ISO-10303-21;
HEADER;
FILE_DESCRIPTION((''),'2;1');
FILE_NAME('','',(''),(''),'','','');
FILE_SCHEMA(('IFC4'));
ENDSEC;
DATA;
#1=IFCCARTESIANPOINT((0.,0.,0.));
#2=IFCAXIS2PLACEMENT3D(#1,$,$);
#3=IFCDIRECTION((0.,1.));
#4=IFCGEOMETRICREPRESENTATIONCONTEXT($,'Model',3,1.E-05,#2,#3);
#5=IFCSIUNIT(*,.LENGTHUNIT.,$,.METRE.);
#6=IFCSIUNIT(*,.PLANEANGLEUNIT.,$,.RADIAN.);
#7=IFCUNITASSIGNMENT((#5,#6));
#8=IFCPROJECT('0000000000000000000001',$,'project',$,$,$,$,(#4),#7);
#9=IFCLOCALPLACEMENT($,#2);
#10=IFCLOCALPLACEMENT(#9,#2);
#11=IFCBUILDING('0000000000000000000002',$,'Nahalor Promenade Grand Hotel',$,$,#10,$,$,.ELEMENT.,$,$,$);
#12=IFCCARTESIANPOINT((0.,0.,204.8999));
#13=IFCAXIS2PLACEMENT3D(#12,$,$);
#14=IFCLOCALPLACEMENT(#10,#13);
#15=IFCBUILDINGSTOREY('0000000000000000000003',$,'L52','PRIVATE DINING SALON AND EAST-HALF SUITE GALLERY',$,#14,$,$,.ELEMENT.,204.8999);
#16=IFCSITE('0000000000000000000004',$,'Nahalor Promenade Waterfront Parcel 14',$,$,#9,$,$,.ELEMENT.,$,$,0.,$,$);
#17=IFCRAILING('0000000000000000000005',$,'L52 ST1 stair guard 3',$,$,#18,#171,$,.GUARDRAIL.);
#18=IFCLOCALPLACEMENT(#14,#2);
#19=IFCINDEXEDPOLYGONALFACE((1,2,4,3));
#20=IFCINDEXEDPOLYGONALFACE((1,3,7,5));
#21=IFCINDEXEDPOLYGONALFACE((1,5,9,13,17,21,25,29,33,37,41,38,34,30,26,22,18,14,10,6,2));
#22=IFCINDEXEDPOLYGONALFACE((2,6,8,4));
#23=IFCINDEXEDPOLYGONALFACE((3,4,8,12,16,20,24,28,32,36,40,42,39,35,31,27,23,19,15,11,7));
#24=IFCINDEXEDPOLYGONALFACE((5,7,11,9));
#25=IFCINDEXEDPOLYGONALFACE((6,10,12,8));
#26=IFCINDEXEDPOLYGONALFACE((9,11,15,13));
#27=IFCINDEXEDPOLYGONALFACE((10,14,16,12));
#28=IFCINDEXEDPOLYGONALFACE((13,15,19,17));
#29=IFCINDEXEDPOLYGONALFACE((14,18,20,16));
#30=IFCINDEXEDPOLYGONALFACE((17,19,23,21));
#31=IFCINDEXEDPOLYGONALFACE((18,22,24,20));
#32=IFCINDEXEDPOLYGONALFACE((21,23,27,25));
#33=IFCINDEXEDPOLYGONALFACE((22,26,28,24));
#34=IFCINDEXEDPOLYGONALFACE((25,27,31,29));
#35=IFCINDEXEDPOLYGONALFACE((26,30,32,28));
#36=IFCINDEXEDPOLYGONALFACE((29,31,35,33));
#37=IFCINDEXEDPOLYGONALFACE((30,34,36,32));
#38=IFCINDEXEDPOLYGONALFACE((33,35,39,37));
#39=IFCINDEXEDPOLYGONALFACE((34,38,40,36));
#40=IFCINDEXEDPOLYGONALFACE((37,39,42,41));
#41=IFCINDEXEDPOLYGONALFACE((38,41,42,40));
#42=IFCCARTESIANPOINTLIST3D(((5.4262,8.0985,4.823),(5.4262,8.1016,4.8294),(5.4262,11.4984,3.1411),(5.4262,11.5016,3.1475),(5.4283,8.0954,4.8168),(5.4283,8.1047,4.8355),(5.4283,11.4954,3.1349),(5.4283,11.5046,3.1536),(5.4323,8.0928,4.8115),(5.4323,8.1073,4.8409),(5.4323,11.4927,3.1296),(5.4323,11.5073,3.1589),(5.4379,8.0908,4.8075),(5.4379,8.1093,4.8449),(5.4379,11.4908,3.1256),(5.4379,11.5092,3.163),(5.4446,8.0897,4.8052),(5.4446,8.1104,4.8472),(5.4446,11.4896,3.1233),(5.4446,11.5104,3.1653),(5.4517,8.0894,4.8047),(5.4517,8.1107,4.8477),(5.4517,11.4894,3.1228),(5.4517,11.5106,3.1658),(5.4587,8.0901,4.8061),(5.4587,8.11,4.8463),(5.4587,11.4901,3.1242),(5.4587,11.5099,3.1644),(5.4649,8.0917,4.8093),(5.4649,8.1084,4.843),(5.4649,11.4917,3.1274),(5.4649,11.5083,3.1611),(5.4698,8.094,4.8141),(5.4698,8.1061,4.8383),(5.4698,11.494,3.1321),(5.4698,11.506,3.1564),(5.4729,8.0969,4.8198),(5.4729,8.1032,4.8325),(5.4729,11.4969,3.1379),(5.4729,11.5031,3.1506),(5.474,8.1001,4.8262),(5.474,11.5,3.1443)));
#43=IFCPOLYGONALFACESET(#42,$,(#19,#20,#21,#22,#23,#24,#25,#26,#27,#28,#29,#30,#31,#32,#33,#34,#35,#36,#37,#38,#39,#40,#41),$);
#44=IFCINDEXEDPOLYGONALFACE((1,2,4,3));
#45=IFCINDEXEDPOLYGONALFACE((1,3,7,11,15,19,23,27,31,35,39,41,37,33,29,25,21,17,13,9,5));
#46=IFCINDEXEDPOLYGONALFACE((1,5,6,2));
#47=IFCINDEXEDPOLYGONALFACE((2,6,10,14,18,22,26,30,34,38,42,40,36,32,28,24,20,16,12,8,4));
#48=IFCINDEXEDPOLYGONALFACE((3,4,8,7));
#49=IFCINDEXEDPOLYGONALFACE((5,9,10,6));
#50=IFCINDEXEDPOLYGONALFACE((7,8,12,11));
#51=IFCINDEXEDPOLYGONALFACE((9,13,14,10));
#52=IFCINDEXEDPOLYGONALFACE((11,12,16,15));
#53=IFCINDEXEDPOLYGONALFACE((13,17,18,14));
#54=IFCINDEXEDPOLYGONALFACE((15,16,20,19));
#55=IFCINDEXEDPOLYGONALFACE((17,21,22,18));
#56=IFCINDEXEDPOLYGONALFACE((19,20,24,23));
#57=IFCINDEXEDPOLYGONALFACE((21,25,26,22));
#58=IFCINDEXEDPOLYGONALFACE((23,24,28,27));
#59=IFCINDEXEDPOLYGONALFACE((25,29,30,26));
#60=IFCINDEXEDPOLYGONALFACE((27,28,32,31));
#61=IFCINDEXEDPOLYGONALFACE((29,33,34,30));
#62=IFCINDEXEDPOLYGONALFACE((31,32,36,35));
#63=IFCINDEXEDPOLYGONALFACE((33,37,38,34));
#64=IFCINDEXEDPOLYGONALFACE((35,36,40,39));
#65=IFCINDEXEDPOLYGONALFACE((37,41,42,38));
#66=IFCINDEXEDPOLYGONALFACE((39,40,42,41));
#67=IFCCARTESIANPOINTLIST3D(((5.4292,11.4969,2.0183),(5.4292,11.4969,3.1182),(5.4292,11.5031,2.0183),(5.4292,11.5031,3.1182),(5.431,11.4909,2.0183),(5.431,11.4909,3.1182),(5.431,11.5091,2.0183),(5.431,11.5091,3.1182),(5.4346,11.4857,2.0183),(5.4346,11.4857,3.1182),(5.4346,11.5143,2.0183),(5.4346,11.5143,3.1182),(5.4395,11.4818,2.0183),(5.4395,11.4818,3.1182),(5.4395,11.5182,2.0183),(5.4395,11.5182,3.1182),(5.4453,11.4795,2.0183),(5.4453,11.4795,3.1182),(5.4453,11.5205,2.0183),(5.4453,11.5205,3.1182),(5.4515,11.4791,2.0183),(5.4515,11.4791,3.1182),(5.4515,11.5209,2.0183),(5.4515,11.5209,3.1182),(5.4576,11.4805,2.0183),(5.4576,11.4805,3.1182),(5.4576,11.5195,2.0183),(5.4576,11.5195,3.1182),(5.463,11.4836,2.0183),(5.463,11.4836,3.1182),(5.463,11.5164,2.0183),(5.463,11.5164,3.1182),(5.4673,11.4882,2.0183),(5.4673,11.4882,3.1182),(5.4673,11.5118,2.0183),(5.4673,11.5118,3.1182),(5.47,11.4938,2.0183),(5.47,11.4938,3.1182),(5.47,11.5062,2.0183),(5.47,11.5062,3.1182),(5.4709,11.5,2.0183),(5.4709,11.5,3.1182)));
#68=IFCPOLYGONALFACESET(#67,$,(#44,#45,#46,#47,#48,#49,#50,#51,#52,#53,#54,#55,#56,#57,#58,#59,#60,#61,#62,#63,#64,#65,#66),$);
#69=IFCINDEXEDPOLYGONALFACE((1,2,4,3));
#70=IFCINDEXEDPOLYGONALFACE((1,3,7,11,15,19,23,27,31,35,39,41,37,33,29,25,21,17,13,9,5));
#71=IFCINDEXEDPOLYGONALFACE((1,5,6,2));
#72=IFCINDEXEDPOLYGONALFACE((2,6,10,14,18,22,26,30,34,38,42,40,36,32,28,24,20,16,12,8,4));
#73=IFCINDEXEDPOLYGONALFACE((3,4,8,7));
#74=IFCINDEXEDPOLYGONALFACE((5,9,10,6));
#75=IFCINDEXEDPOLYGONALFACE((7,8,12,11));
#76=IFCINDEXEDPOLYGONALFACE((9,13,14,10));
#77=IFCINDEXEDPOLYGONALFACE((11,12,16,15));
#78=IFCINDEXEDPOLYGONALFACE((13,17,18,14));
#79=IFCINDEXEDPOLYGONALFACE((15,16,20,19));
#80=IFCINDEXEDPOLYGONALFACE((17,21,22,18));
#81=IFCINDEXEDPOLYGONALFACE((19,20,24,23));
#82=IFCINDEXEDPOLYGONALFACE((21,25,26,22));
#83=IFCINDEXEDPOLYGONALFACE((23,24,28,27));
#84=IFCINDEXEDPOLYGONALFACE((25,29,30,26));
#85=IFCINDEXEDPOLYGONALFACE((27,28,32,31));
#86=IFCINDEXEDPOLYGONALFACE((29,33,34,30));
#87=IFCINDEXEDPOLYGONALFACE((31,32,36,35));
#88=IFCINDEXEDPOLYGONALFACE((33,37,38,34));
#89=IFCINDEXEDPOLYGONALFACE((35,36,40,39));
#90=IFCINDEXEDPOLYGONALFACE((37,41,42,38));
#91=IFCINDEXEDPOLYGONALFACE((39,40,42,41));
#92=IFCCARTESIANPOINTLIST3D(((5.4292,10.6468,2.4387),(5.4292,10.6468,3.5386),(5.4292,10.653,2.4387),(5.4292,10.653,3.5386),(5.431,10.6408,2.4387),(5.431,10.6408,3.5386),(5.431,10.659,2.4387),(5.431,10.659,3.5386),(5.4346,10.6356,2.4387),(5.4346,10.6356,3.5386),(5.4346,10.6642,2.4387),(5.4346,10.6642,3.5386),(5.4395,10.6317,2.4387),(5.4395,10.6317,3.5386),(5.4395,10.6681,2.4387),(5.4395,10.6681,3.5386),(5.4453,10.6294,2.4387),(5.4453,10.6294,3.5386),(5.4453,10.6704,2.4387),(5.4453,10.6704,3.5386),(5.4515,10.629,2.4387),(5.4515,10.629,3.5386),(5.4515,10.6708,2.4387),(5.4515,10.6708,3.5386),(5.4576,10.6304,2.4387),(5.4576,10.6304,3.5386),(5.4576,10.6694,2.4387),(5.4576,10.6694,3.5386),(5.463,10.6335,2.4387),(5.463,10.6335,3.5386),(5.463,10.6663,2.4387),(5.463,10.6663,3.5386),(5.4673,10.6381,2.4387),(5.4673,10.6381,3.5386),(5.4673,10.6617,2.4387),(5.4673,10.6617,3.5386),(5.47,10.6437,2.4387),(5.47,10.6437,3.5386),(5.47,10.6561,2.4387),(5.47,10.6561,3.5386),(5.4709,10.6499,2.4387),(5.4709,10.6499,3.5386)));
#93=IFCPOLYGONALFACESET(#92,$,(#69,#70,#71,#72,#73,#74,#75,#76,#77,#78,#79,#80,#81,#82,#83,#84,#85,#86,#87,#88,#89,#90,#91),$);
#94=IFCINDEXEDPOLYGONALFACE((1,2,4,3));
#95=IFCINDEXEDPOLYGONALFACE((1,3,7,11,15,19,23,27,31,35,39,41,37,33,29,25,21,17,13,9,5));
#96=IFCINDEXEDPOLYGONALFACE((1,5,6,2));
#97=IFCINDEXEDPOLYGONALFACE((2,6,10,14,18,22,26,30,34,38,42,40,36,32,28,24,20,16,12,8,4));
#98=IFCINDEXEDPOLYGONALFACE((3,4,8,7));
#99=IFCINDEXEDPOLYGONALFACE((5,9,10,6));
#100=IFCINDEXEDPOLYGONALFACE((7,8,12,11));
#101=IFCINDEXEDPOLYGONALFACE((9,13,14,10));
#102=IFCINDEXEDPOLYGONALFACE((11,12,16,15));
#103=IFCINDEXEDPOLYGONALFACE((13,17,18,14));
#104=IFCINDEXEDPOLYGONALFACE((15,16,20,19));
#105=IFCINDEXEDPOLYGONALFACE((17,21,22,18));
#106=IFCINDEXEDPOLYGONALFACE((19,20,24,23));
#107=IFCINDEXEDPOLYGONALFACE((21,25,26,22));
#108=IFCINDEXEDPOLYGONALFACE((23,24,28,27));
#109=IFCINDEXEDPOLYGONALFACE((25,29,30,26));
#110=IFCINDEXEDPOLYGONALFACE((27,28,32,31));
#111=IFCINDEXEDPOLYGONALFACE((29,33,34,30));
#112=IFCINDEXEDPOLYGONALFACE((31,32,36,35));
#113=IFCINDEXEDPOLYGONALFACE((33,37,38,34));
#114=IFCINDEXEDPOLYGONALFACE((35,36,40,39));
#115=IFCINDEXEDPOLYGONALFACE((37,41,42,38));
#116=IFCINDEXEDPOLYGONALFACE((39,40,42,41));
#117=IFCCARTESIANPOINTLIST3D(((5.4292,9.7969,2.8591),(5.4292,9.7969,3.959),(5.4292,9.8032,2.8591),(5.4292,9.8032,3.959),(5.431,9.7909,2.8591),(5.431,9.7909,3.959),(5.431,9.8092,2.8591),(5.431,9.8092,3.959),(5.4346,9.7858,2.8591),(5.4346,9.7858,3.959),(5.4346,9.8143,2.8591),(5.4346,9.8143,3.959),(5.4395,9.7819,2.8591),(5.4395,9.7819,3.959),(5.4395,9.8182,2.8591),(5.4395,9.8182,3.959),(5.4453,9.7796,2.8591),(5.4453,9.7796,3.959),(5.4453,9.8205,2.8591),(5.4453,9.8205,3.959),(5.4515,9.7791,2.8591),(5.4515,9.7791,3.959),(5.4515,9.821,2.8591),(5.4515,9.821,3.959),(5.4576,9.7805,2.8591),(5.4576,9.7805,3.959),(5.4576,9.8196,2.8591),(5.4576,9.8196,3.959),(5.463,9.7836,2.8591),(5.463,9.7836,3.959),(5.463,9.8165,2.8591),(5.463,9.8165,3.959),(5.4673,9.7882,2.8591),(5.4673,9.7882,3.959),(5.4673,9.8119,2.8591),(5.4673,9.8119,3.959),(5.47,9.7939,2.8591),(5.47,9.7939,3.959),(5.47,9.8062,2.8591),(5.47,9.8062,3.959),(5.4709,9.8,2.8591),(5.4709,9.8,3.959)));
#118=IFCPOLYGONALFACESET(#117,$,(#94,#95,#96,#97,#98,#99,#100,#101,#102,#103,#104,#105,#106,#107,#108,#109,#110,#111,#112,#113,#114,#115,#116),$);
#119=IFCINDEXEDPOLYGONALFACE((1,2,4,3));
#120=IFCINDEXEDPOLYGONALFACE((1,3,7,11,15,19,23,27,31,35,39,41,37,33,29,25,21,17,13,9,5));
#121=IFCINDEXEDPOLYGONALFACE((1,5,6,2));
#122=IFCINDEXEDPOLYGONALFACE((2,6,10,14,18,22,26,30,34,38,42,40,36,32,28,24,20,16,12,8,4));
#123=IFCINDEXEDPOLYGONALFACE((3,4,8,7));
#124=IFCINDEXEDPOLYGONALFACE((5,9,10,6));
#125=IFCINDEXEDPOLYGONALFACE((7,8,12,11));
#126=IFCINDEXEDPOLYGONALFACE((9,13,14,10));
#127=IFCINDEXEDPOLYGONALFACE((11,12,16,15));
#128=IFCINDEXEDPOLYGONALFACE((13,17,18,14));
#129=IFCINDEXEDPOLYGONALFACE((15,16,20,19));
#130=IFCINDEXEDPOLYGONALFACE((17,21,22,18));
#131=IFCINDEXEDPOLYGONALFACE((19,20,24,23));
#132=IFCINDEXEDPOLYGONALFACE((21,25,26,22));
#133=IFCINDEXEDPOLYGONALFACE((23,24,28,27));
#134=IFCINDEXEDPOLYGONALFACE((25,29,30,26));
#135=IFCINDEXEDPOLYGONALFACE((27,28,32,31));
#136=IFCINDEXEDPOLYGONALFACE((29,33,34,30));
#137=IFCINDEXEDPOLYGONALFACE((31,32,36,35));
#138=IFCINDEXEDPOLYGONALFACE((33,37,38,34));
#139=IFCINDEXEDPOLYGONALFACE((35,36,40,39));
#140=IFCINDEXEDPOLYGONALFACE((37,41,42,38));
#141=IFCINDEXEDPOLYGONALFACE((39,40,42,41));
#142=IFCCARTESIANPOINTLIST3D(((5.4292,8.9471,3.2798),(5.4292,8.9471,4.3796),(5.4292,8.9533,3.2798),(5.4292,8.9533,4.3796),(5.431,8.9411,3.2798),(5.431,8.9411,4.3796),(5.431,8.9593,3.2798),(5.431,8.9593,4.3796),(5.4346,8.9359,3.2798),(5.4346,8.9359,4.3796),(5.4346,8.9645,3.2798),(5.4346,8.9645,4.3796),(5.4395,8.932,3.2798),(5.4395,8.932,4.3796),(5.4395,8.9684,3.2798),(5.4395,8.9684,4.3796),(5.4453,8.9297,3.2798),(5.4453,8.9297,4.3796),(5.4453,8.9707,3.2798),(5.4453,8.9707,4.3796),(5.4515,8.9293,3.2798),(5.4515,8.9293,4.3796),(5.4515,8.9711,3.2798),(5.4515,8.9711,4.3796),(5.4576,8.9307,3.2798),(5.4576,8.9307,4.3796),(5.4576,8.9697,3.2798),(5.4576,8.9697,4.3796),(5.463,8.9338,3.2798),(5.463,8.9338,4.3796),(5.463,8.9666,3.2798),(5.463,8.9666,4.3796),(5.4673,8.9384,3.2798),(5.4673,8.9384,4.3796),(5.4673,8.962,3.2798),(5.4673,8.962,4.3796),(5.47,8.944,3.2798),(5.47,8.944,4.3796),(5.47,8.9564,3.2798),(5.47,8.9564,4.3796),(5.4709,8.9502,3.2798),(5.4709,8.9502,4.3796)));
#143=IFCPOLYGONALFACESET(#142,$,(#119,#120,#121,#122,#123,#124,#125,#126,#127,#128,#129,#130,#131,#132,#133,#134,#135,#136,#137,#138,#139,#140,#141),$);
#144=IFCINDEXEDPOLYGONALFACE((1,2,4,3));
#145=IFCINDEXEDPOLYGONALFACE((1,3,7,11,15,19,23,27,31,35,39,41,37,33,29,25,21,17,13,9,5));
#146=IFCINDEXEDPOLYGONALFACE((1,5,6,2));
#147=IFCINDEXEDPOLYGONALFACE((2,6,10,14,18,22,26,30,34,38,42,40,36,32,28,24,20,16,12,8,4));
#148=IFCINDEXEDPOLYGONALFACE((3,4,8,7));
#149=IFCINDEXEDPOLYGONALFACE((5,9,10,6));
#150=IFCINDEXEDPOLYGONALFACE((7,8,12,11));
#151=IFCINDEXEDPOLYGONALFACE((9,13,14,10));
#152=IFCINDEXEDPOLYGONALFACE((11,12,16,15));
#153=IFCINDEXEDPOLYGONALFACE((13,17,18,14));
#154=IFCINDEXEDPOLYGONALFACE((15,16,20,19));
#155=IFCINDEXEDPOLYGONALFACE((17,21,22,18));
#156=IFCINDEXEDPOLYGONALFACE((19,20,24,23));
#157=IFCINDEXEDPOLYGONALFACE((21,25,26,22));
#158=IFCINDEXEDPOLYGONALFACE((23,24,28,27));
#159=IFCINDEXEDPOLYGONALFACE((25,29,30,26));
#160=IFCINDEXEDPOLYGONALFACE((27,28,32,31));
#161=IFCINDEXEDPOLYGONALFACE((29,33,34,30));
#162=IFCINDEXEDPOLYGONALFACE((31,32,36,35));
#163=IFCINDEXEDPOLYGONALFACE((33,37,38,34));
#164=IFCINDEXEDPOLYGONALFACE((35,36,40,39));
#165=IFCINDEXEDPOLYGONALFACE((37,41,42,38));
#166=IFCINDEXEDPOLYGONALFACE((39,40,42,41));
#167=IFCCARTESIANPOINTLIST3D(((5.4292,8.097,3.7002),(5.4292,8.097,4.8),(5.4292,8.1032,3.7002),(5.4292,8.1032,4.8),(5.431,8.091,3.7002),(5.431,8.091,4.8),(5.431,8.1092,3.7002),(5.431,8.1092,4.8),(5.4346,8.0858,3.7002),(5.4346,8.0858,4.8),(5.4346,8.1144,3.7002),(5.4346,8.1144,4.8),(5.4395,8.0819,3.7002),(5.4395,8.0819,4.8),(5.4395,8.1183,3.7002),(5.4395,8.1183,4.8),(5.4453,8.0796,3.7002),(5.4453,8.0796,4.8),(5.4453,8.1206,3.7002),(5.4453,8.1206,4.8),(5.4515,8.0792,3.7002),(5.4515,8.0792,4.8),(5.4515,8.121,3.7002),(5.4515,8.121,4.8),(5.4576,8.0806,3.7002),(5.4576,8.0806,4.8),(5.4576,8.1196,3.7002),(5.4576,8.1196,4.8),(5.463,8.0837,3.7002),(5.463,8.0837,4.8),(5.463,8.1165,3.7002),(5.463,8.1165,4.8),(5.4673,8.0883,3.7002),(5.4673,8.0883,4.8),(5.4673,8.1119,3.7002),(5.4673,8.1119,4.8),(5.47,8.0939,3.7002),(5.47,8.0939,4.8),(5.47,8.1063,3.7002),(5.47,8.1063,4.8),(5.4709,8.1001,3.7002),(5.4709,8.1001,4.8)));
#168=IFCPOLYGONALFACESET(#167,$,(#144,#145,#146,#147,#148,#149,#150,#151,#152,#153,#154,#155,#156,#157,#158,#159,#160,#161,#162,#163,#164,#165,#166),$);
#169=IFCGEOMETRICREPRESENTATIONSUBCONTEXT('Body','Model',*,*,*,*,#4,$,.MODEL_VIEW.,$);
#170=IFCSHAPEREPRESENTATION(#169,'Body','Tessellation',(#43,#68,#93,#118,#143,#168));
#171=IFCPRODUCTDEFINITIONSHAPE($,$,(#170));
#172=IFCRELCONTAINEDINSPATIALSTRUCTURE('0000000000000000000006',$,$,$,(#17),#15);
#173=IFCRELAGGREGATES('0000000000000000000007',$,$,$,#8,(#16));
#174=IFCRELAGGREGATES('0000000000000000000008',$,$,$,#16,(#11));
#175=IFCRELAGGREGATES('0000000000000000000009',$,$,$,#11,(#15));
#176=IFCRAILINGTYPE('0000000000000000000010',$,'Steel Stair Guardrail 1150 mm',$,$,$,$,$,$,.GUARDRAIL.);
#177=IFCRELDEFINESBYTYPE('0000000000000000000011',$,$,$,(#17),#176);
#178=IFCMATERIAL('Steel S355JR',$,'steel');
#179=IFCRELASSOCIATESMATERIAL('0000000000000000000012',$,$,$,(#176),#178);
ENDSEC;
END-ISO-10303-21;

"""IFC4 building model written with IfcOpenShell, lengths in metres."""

from ifc_helpers import new_model, si_unit, direction, frame, origin, origin_2d, place, context, subcontext, project, spatial, circle, extrude, material, type_object, element, save


model = new_model("IFC4")

# Units and contexts
model_context = context("Model", 3, precision=1e-05, world=origin(), true_north=direction((0.0, 1.0)))
body_context = subcontext(model_context, "Body", "Model", "MODEL_VIEW")
ifc_project = project(units=[si_unit("LENGTHUNIT", "METRE"), si_unit("PLANEANGLEUNIT", "RADIAN")], contexts=[model_context])

# Site, building, storey
site_placement = place(None, origin())
site = spatial("IfcSite", under=ifc_project, at=site_placement, Name="Nahalor Promenade Waterfront Parcel 14", CompositionType="ELEMENT", RefElevation=0.0)
building_placement = place(site_placement, origin())
building = spatial("IfcBuilding", under=site, at=building_placement, Name="Nahalor Promenade Grand Hotel", CompositionType="ELEMENT")
storey_placement = place(building_placement, frame((0.0, 0.0, 204.8999)))
storey = spatial("IfcBuildingStorey", under=building, at=storey_placement, Name="L52", Description="PRIVATE DINING SALON AND EAST-HALF SUITE GALLERY", CompositionType="ELEMENT", Elevation=204.8999)

# Shared definitions
ifc_material_1 = material(Name="Steel S355JR", Category="steel")

# Railing
railing_type_1 = type_object("IfcRailingType", Name="Steel Stair Guardrail 1150 mm", PredefinedType="GUARDRAIL", material=ifc_material_1)
railing_1_placement = place(storey_placement, frame((5.45, 11.5, 2.0183)))
element("IfcRailing", 1, at=railing_1_placement, inside=storey, type_object=railing_type_1, Name="L52 ST1 stair guard 3", PredefinedType="GUARDRAIL", context=body_context, shape_type="SweptSolid", body=[
    extrude(circle(Radius=0.024, at=origin_2d()), frame((0.0, 0.0, 1.126), z_axis=(0.0, -0.896324, 0.443399), x_axis=(1.0, 0.0, 0.0)), (0.0, 0.0, 1.0), 3.7932),
    extrude(circle(Radius=0.021, at=origin_2d()), origin(), (0.0, 0.0, 1.0), 1.0999),
    extrude(circle(Radius=0.021, at=origin_2d()), frame((0.0, -0.8501, 0.4204)), (0.0, 0.0, 1.0), 1.0999),
    extrude(circle(Radius=0.021, at=origin_2d()), frame((0.0, -1.7, 0.8408)), (0.0, 0.0, 1.0), 1.0999),
    extrude(circle(Radius=0.021, at=origin_2d()), frame((0.0, -2.5498, 1.2615)), (0.0, 0.0, 1.0), 1.0999),
    extrude(circle(Radius=0.021, at=origin_2d()), frame((0.0, -3.3999, 1.6819)), (0.0, 0.0, 1.0), 1.0999),
])

save(model, "model.ifc")
